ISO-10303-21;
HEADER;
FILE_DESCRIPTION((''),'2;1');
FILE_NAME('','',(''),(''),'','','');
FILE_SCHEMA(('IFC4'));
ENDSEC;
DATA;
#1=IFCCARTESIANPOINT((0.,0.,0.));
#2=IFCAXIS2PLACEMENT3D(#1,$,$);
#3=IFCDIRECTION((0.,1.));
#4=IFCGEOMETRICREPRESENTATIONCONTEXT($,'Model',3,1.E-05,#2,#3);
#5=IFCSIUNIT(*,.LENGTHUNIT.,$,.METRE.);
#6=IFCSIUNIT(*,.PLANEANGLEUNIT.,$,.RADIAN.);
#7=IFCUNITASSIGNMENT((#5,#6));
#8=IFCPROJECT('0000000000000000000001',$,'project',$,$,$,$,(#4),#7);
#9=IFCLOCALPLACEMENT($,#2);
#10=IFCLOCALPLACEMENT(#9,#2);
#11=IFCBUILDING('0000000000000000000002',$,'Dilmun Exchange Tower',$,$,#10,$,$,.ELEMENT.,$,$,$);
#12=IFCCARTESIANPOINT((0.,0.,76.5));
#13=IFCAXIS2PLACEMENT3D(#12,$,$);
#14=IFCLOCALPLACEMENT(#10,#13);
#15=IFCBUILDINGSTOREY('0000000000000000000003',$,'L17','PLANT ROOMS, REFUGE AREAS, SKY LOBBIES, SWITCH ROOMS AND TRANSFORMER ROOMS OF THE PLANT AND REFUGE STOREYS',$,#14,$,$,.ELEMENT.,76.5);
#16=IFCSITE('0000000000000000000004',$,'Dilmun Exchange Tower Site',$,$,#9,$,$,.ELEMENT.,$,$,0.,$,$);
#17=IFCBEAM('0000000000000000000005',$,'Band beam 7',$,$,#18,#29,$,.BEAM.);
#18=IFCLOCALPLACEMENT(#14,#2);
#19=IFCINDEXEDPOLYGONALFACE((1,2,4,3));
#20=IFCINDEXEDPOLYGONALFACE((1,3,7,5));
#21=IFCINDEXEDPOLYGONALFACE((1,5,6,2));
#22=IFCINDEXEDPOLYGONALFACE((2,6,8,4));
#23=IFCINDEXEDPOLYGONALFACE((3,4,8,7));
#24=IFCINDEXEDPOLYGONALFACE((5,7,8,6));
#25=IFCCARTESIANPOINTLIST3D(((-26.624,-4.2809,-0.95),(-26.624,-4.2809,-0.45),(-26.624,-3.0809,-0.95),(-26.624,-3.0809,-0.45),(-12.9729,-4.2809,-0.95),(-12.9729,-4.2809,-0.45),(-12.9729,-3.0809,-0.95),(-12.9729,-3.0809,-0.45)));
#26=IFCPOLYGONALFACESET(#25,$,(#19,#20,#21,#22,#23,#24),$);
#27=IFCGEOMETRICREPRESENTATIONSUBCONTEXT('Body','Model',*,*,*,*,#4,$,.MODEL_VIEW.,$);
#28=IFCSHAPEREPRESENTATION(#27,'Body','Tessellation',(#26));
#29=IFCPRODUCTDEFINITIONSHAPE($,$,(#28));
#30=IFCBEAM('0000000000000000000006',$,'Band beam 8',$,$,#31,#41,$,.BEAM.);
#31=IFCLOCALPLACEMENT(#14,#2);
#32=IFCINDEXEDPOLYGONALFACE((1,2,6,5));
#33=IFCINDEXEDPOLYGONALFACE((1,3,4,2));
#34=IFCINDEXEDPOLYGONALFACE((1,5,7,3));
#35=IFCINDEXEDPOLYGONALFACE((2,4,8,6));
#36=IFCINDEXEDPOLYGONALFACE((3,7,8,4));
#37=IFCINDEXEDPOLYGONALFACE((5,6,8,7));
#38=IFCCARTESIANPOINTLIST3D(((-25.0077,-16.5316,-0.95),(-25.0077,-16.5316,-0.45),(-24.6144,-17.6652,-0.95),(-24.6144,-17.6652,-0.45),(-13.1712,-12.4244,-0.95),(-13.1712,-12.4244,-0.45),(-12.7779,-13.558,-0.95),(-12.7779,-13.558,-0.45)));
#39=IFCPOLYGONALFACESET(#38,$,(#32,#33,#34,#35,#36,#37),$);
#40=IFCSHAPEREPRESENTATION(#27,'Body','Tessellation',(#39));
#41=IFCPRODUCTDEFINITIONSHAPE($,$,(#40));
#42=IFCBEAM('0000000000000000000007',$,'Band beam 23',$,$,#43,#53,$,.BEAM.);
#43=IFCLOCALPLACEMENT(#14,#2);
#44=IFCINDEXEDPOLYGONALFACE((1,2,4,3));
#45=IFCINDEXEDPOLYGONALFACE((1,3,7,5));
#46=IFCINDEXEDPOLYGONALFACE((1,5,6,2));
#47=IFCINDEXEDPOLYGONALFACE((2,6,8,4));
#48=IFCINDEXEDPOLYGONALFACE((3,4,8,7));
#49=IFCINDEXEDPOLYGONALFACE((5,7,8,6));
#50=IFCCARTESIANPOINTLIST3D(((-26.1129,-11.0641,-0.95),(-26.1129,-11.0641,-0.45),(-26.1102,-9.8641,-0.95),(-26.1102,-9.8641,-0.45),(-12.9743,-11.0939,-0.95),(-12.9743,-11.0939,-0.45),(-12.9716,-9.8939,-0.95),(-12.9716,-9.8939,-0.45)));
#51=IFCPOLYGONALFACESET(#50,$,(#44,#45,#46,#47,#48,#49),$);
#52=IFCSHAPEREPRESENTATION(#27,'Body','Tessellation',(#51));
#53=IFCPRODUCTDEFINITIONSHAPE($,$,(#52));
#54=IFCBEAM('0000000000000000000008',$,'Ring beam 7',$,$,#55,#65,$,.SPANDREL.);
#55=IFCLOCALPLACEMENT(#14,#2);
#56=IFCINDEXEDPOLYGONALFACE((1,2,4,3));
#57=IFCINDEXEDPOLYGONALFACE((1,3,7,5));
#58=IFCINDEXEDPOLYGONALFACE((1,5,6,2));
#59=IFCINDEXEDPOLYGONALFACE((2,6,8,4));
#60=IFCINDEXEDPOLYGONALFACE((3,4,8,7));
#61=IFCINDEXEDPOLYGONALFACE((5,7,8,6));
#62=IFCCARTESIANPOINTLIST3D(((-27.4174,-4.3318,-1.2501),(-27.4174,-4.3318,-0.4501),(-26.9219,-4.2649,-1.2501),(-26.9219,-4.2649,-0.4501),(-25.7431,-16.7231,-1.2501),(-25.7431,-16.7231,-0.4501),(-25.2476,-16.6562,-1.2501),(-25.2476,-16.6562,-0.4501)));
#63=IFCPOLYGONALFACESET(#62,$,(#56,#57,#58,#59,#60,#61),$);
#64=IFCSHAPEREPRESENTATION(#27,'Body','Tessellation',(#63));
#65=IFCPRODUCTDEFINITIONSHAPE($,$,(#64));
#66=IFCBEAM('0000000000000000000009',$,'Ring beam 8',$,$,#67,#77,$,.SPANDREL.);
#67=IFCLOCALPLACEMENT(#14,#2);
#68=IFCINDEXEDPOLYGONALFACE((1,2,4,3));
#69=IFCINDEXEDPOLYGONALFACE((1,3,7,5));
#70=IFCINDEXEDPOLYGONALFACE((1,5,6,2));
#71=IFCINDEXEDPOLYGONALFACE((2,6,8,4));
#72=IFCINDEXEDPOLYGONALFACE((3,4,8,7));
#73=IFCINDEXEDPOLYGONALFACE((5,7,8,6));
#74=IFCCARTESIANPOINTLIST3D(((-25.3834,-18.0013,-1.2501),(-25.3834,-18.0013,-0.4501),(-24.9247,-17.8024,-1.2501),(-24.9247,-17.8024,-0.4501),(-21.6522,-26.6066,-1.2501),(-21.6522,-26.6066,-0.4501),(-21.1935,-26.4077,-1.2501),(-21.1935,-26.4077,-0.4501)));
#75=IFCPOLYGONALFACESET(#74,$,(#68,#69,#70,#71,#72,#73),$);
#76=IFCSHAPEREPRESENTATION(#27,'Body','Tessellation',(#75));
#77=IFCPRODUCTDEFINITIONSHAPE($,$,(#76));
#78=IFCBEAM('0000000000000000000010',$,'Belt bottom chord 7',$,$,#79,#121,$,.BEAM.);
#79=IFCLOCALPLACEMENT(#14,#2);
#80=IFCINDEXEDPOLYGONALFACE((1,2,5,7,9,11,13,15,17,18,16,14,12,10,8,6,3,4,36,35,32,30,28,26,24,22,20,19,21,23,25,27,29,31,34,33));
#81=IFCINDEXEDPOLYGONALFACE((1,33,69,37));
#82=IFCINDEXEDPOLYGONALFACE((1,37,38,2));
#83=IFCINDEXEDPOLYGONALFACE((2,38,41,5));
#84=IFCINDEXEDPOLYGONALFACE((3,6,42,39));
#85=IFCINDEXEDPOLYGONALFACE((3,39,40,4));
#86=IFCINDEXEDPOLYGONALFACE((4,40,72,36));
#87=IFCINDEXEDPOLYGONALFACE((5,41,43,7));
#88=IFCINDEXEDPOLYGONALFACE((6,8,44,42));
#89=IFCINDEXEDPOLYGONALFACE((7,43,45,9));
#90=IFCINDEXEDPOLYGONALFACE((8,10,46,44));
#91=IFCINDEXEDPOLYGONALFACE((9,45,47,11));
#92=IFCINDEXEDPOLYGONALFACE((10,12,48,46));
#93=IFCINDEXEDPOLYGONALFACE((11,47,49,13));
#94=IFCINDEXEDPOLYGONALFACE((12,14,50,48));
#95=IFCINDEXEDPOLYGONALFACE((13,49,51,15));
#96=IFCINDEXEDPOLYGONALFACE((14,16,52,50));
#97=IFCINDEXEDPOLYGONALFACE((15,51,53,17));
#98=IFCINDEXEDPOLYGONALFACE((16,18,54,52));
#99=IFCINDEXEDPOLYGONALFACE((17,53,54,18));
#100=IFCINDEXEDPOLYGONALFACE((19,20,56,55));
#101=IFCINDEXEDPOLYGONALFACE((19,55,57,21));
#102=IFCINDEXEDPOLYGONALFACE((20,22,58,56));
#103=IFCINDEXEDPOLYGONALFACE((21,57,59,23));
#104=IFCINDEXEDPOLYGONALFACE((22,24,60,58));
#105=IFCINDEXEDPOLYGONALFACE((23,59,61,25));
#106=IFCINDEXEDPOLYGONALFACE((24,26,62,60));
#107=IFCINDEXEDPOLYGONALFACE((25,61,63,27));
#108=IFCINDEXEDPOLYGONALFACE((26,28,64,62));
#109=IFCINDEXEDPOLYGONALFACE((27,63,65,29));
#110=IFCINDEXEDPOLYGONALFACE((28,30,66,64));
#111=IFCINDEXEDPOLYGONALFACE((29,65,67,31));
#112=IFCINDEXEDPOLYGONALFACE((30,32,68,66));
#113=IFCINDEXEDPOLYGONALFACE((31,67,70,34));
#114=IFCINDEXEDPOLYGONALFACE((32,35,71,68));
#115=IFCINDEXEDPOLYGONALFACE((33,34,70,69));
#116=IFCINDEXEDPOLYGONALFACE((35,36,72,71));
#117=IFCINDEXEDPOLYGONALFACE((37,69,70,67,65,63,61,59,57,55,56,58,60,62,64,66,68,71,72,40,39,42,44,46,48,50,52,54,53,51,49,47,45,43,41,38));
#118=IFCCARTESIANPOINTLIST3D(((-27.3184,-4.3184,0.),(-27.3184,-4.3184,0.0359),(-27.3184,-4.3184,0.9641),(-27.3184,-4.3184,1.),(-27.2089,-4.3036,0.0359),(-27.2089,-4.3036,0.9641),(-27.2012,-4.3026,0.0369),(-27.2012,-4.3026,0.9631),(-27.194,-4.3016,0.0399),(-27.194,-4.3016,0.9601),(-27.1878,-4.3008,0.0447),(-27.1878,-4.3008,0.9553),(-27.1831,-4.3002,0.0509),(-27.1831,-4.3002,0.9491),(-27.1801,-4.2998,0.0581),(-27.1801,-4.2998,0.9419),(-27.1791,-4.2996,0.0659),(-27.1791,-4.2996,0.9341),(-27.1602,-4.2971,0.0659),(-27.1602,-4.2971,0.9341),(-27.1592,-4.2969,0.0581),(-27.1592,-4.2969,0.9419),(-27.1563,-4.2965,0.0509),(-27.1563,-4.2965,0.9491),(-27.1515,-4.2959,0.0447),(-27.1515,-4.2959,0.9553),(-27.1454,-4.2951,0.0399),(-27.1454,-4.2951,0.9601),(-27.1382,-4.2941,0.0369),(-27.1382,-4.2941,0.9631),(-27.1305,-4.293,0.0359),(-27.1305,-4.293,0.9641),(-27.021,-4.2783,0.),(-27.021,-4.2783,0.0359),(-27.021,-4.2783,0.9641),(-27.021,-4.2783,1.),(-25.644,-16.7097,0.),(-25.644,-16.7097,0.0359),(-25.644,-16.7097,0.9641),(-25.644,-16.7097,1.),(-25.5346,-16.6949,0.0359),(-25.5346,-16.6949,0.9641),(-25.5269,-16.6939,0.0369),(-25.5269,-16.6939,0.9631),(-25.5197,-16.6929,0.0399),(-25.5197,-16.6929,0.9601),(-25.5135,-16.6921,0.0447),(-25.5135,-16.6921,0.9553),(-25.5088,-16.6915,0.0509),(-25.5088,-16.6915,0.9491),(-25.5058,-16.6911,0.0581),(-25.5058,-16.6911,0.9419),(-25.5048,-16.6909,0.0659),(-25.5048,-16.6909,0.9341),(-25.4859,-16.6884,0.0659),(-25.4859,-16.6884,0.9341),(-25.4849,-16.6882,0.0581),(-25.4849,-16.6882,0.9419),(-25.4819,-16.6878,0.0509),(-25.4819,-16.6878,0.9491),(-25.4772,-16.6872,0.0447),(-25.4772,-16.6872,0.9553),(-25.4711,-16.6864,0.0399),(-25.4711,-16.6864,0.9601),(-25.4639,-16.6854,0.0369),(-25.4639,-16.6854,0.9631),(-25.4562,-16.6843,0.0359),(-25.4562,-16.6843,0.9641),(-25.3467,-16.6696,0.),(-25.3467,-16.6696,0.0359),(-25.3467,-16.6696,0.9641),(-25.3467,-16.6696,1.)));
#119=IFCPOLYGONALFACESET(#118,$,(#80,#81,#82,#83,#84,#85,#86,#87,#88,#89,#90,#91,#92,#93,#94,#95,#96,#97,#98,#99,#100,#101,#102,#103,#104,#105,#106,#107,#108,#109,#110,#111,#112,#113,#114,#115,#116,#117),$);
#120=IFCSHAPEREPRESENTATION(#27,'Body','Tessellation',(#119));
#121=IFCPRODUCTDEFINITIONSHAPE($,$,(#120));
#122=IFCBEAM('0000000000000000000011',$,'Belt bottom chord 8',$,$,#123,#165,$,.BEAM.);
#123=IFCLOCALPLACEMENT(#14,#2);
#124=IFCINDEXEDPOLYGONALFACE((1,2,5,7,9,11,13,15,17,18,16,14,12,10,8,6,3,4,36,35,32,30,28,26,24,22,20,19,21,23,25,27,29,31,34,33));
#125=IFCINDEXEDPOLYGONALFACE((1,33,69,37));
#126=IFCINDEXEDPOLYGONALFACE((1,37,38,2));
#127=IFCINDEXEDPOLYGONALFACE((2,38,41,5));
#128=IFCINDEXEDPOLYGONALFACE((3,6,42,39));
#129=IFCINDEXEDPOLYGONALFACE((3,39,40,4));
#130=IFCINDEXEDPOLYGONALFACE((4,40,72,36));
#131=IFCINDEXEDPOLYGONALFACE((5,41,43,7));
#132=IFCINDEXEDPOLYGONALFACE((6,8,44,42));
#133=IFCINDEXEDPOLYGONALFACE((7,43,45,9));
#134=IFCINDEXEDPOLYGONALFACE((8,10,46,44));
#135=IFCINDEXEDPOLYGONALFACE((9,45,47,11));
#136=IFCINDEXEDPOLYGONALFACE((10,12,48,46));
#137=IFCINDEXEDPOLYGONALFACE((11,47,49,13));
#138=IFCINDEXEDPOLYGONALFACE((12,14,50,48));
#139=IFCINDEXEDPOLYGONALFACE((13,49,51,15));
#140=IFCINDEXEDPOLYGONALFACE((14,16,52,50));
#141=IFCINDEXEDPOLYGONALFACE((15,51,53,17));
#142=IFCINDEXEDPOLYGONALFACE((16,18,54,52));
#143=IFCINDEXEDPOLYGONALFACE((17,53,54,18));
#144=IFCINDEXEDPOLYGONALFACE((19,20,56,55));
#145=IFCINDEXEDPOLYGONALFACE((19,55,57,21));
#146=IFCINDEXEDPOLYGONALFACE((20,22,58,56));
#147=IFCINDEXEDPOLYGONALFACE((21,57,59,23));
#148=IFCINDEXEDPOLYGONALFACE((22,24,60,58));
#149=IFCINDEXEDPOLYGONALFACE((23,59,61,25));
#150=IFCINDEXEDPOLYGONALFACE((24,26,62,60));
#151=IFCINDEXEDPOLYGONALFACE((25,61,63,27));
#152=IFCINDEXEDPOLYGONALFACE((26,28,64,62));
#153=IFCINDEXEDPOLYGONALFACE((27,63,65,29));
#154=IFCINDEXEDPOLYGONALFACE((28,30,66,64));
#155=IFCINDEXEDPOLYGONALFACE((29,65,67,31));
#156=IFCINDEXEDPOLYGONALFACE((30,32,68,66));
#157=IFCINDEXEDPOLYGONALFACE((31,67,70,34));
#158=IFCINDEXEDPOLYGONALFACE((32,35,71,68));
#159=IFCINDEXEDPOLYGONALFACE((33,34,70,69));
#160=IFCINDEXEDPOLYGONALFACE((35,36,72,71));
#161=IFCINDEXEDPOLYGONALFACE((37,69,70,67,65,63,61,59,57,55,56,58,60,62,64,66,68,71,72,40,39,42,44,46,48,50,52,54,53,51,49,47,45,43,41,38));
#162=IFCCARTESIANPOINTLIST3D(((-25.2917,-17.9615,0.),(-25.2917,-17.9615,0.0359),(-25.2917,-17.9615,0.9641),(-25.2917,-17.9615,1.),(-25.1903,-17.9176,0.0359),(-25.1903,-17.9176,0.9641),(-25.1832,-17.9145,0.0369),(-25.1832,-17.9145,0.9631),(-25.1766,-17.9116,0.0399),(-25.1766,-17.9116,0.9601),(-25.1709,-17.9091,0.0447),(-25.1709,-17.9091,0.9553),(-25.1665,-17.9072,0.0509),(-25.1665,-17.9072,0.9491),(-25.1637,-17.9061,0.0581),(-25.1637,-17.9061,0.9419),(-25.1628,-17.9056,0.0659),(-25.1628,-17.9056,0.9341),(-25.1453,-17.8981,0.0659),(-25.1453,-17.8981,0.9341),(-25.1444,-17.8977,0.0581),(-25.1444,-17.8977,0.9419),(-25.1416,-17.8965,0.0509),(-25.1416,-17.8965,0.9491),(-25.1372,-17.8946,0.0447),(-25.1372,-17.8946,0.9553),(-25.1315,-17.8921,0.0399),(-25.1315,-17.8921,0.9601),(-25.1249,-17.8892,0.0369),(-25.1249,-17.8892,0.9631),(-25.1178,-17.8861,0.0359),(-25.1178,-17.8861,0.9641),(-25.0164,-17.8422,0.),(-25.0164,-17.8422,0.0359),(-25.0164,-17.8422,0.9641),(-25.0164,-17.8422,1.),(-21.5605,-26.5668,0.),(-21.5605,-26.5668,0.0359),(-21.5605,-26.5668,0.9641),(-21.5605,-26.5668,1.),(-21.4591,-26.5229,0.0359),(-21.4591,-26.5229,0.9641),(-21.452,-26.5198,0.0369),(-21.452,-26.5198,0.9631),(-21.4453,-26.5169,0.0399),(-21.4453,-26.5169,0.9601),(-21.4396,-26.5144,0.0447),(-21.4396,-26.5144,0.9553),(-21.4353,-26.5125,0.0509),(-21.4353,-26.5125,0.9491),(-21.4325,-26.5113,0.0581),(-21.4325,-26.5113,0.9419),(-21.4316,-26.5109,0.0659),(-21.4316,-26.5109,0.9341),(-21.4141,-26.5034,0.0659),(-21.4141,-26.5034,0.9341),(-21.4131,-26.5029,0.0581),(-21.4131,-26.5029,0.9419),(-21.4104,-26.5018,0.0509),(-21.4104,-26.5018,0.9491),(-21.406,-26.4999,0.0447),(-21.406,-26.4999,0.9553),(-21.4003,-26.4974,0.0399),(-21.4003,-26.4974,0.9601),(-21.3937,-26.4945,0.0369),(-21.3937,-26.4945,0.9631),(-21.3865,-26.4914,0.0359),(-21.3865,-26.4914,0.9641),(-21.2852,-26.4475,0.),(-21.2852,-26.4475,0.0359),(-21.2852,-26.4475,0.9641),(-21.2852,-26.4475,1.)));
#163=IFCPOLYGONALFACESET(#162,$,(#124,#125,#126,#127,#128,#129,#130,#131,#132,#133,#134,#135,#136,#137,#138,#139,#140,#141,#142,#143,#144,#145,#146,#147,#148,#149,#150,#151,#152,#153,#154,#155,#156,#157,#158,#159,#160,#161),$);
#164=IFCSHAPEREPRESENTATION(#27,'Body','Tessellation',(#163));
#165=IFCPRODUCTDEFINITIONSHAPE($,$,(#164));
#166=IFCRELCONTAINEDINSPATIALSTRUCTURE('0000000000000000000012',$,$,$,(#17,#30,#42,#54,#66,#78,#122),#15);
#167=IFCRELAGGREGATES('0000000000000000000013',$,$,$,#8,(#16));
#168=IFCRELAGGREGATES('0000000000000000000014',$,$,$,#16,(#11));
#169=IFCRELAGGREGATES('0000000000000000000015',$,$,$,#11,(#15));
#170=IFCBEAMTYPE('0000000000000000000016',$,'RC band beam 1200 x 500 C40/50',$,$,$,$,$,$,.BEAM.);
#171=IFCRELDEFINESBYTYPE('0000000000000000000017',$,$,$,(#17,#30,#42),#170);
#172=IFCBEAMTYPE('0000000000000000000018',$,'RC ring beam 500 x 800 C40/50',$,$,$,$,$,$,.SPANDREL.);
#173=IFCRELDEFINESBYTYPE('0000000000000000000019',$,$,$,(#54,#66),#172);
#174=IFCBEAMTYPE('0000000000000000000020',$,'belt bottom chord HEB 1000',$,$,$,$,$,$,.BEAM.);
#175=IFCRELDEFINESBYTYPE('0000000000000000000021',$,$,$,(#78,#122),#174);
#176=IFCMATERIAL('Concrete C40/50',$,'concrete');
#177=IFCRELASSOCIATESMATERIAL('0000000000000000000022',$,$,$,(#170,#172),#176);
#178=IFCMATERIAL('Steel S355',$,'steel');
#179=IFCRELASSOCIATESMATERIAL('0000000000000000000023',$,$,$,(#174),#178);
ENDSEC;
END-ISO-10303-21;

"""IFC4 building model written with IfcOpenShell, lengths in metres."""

from ifc_helpers import new_model, si_unit, direction, frame, origin, origin_2d, place, context, subcontext, project, spatial, rectangle, i_section, extrude, material, material_profile, profile_set, type_object, element, save


model = new_model("IFC4")

# Units and contexts
model_context = context("Model", 3, precision=1e-05, world=origin(), true_north=direction((0.0, 1.0)))
body_context = subcontext(model_context, "Body", "Model", "MODEL_VIEW")
ifc_project = project(units=[si_unit("LENGTHUNIT", "METRE"), si_unit("PLANEANGLEUNIT", "RADIAN")], contexts=[model_context])

# Site, building, storey
site_placement = place(None, origin())
site = spatial("IfcSite", under=ifc_project, at=site_placement, Name="Dilmun Exchange Tower Site", CompositionType="ELEMENT", RefElevation=0.0)
building_placement = place(site_placement, origin())
building = spatial("IfcBuilding", under=site, at=building_placement, Name="Dilmun Exchange Tower", CompositionType="ELEMENT")
storey_placement = place(building_placement, frame((0.0, 0.0, 76.5)))
storey = spatial("IfcBuildingStorey", under=building, at=storey_placement, Name="L17", Description="PLANT ROOMS, REFUGE AREAS, SKY LOBBIES, SWITCH ROOMS AND TRANSFORMER ROOMS OF THE PLANT AND REFUGE STOREYS", CompositionType="ELEMENT", Elevation=76.5)

# Beams
ifc_material_1 = material(Name="Concrete C40/50", Category="concrete")
ifc_material_profile_1 = material_profile(ifc_material_1, rectangle(XDim=1.2, YDim=0.5, at=origin_2d()), Name="1200 x 500")
ifc_profile_set_1 = profile_set([ifc_material_profile_1], Name="Concrete C40/50")
beam_type_1 = type_object("IfcBeamType", Name="RC band beam 1200 x 500 C40/50", PredefinedType="BEAM", material=ifc_profile_set_1)
beam_1_placement = place(storey_placement, frame((-26.624, -3.6809, -0.7), z_axis=(1.0, 0.0, 0.0), x_axis=(0.0, 1.0, 0.0)))
element("IfcBeam", 1, at=beam_1_placement, inside=storey, type_object=beam_type_1, Name="Band beam 7", PredefinedType="BEAM", context=body_context, shape_type="SweptSolid", body=[
    extrude(rectangle(XDim=1.2, YDim=0.5, at=origin_2d()), origin(), (0.0, 0.0, 1.0), 13.6511),
])
beam_2_placement = place(storey_placement, frame((-24.811, -17.0984, -0.7), z_axis=(0.94474, 0.32782, 0.0), x_axis=(-0.32782, 0.94474, 0.0)))
element("IfcBeam", 2, at=beam_2_placement, inside=storey, type_object=beam_type_1, Name="Band beam 8", PredefinedType="BEAM", context=body_context, shape_type="SweptSolid", body=[
    extrude(rectangle(XDim=1.2, YDim=0.5, at=origin_2d()), origin(), (0.0, 0.0, 1.0), 12.5288),
])
beam_3_placement = place(storey_placement, frame((-26.1116, -10.4641, -0.7), z_axis=(0.999997, -0.002267, 0.0), x_axis=(0.002267, 0.999997, 0.0)))
element("IfcBeam", 3, at=beam_3_placement, inside=storey, type_object=beam_type_1, Name="Band beam 23", PredefinedType="BEAM", context=body_context, shape_type="SweptSolid", body=[
    extrude(rectangle(XDim=1.2, YDim=0.5, at=origin_2d()), origin(), (0.0, 0.0, 1.0), 13.1387),
])
ifc_material_profile_2 = material_profile(ifc_material_1, rectangle(XDim=0.5, YDim=0.8, at=origin_2d()), Name="500 x 800")
ifc_profile_set_2 = profile_set([ifc_material_profile_2], Name="Concrete C40/50")
beam_type_2 = type_object("IfcBeamType", Name="RC ring beam 500 x 800 C40/50", PredefinedType="SPANDREL", material=ifc_profile_set_2)
beam_4_placement = place(storey_placement, frame((-27.1697, -4.2983, -0.8501), z_axis=(0.133903, -0.990994, 0.0), x_axis=(0.990994, 0.133903, 0.0)))
element("IfcBeam", 4, at=beam_4_placement, inside=storey, type_object=beam_type_2, Name="Ring beam 7", PredefinedType="SPANDREL", context=body_context, shape_type="SweptSolid", body=[
    extrude(rectangle(XDim=0.5, YDim=0.8, at=origin_2d()), origin(), (0.0, 0.0, 1.0), 12.5039),
])
beam_5_placement = place(storey_placement, frame((-25.1541, -17.9019, -0.8501), z_axis=(0.397811, -0.917467, 0.0), x_axis=(0.917467, 0.397811, 0.0)))
element("IfcBeam", 5, at=beam_5_placement, inside=storey, type_object=beam_type_2, Name="Ring beam 8", PredefinedType="SPANDREL", context=body_context, shape_type="SweptSolid", body=[
    extrude(rectangle(XDim=0.5, YDim=0.8, at=origin_2d()), origin(), (0.0, 0.0, 1.0), 9.3794),
])
ifc_material_2 = material(Name="Steel S355", Category="steel")
ifc_material_profile_3 = material_profile(ifc_material_2, i_section(OverallWidth=0.3, OverallDepth=1.0, WebThickness=0.019, FlangeThickness=0.0359, FilletRadius=0.03, at=origin_2d()), Name="HEB 1000")
ifc_profile_set_3 = profile_set([ifc_material_profile_3], Name="Steel S355")
beam_type_3 = type_object("IfcBeamType", Name="belt bottom chord HEB 1000", PredefinedType="BEAM", material=ifc_profile_set_3)
beam_6_placement = place(storey_placement, frame((-27.1697, -4.2983, 0.5), z_axis=(0.133903, -0.990994, 0.0), x_axis=(0.990994, 0.133903, 0.0)))
element("IfcBeam", 6, at=beam_6_placement, inside=storey, type_object=beam_type_3, Name="Belt bottom chord 7", PredefinedType="BEAM", context=body_context, shape_type="SweptSolid", body=[
    extrude(i_section(OverallWidth=0.3, OverallDepth=1.0, WebThickness=0.019, FlangeThickness=0.0359, FilletRadius=0.03, at=origin_2d()), origin(), (0.0, 0.0, 1.0), 12.5039),
])
beam_7_placement = place(storey_placement, frame((-25.1541, -17.9019, 0.5), z_axis=(0.397811, -0.917467, 0.0), x_axis=(0.917467, 0.397811, 0.0)))
element("IfcBeam", 7, at=beam_7_placement, inside=storey, type_object=beam_type_3, Name="Belt bottom chord 8", PredefinedType="BEAM", context=body_context, shape_type="SweptSolid", body=[
    extrude(i_section(OverallWidth=0.3, OverallDepth=1.0, WebThickness=0.019, FlangeThickness=0.0359, FilletRadius=0.03, at=origin_2d()), origin(), (0.0, 0.0, 1.0), 9.3794),
])

save(model, "model.ifc")
